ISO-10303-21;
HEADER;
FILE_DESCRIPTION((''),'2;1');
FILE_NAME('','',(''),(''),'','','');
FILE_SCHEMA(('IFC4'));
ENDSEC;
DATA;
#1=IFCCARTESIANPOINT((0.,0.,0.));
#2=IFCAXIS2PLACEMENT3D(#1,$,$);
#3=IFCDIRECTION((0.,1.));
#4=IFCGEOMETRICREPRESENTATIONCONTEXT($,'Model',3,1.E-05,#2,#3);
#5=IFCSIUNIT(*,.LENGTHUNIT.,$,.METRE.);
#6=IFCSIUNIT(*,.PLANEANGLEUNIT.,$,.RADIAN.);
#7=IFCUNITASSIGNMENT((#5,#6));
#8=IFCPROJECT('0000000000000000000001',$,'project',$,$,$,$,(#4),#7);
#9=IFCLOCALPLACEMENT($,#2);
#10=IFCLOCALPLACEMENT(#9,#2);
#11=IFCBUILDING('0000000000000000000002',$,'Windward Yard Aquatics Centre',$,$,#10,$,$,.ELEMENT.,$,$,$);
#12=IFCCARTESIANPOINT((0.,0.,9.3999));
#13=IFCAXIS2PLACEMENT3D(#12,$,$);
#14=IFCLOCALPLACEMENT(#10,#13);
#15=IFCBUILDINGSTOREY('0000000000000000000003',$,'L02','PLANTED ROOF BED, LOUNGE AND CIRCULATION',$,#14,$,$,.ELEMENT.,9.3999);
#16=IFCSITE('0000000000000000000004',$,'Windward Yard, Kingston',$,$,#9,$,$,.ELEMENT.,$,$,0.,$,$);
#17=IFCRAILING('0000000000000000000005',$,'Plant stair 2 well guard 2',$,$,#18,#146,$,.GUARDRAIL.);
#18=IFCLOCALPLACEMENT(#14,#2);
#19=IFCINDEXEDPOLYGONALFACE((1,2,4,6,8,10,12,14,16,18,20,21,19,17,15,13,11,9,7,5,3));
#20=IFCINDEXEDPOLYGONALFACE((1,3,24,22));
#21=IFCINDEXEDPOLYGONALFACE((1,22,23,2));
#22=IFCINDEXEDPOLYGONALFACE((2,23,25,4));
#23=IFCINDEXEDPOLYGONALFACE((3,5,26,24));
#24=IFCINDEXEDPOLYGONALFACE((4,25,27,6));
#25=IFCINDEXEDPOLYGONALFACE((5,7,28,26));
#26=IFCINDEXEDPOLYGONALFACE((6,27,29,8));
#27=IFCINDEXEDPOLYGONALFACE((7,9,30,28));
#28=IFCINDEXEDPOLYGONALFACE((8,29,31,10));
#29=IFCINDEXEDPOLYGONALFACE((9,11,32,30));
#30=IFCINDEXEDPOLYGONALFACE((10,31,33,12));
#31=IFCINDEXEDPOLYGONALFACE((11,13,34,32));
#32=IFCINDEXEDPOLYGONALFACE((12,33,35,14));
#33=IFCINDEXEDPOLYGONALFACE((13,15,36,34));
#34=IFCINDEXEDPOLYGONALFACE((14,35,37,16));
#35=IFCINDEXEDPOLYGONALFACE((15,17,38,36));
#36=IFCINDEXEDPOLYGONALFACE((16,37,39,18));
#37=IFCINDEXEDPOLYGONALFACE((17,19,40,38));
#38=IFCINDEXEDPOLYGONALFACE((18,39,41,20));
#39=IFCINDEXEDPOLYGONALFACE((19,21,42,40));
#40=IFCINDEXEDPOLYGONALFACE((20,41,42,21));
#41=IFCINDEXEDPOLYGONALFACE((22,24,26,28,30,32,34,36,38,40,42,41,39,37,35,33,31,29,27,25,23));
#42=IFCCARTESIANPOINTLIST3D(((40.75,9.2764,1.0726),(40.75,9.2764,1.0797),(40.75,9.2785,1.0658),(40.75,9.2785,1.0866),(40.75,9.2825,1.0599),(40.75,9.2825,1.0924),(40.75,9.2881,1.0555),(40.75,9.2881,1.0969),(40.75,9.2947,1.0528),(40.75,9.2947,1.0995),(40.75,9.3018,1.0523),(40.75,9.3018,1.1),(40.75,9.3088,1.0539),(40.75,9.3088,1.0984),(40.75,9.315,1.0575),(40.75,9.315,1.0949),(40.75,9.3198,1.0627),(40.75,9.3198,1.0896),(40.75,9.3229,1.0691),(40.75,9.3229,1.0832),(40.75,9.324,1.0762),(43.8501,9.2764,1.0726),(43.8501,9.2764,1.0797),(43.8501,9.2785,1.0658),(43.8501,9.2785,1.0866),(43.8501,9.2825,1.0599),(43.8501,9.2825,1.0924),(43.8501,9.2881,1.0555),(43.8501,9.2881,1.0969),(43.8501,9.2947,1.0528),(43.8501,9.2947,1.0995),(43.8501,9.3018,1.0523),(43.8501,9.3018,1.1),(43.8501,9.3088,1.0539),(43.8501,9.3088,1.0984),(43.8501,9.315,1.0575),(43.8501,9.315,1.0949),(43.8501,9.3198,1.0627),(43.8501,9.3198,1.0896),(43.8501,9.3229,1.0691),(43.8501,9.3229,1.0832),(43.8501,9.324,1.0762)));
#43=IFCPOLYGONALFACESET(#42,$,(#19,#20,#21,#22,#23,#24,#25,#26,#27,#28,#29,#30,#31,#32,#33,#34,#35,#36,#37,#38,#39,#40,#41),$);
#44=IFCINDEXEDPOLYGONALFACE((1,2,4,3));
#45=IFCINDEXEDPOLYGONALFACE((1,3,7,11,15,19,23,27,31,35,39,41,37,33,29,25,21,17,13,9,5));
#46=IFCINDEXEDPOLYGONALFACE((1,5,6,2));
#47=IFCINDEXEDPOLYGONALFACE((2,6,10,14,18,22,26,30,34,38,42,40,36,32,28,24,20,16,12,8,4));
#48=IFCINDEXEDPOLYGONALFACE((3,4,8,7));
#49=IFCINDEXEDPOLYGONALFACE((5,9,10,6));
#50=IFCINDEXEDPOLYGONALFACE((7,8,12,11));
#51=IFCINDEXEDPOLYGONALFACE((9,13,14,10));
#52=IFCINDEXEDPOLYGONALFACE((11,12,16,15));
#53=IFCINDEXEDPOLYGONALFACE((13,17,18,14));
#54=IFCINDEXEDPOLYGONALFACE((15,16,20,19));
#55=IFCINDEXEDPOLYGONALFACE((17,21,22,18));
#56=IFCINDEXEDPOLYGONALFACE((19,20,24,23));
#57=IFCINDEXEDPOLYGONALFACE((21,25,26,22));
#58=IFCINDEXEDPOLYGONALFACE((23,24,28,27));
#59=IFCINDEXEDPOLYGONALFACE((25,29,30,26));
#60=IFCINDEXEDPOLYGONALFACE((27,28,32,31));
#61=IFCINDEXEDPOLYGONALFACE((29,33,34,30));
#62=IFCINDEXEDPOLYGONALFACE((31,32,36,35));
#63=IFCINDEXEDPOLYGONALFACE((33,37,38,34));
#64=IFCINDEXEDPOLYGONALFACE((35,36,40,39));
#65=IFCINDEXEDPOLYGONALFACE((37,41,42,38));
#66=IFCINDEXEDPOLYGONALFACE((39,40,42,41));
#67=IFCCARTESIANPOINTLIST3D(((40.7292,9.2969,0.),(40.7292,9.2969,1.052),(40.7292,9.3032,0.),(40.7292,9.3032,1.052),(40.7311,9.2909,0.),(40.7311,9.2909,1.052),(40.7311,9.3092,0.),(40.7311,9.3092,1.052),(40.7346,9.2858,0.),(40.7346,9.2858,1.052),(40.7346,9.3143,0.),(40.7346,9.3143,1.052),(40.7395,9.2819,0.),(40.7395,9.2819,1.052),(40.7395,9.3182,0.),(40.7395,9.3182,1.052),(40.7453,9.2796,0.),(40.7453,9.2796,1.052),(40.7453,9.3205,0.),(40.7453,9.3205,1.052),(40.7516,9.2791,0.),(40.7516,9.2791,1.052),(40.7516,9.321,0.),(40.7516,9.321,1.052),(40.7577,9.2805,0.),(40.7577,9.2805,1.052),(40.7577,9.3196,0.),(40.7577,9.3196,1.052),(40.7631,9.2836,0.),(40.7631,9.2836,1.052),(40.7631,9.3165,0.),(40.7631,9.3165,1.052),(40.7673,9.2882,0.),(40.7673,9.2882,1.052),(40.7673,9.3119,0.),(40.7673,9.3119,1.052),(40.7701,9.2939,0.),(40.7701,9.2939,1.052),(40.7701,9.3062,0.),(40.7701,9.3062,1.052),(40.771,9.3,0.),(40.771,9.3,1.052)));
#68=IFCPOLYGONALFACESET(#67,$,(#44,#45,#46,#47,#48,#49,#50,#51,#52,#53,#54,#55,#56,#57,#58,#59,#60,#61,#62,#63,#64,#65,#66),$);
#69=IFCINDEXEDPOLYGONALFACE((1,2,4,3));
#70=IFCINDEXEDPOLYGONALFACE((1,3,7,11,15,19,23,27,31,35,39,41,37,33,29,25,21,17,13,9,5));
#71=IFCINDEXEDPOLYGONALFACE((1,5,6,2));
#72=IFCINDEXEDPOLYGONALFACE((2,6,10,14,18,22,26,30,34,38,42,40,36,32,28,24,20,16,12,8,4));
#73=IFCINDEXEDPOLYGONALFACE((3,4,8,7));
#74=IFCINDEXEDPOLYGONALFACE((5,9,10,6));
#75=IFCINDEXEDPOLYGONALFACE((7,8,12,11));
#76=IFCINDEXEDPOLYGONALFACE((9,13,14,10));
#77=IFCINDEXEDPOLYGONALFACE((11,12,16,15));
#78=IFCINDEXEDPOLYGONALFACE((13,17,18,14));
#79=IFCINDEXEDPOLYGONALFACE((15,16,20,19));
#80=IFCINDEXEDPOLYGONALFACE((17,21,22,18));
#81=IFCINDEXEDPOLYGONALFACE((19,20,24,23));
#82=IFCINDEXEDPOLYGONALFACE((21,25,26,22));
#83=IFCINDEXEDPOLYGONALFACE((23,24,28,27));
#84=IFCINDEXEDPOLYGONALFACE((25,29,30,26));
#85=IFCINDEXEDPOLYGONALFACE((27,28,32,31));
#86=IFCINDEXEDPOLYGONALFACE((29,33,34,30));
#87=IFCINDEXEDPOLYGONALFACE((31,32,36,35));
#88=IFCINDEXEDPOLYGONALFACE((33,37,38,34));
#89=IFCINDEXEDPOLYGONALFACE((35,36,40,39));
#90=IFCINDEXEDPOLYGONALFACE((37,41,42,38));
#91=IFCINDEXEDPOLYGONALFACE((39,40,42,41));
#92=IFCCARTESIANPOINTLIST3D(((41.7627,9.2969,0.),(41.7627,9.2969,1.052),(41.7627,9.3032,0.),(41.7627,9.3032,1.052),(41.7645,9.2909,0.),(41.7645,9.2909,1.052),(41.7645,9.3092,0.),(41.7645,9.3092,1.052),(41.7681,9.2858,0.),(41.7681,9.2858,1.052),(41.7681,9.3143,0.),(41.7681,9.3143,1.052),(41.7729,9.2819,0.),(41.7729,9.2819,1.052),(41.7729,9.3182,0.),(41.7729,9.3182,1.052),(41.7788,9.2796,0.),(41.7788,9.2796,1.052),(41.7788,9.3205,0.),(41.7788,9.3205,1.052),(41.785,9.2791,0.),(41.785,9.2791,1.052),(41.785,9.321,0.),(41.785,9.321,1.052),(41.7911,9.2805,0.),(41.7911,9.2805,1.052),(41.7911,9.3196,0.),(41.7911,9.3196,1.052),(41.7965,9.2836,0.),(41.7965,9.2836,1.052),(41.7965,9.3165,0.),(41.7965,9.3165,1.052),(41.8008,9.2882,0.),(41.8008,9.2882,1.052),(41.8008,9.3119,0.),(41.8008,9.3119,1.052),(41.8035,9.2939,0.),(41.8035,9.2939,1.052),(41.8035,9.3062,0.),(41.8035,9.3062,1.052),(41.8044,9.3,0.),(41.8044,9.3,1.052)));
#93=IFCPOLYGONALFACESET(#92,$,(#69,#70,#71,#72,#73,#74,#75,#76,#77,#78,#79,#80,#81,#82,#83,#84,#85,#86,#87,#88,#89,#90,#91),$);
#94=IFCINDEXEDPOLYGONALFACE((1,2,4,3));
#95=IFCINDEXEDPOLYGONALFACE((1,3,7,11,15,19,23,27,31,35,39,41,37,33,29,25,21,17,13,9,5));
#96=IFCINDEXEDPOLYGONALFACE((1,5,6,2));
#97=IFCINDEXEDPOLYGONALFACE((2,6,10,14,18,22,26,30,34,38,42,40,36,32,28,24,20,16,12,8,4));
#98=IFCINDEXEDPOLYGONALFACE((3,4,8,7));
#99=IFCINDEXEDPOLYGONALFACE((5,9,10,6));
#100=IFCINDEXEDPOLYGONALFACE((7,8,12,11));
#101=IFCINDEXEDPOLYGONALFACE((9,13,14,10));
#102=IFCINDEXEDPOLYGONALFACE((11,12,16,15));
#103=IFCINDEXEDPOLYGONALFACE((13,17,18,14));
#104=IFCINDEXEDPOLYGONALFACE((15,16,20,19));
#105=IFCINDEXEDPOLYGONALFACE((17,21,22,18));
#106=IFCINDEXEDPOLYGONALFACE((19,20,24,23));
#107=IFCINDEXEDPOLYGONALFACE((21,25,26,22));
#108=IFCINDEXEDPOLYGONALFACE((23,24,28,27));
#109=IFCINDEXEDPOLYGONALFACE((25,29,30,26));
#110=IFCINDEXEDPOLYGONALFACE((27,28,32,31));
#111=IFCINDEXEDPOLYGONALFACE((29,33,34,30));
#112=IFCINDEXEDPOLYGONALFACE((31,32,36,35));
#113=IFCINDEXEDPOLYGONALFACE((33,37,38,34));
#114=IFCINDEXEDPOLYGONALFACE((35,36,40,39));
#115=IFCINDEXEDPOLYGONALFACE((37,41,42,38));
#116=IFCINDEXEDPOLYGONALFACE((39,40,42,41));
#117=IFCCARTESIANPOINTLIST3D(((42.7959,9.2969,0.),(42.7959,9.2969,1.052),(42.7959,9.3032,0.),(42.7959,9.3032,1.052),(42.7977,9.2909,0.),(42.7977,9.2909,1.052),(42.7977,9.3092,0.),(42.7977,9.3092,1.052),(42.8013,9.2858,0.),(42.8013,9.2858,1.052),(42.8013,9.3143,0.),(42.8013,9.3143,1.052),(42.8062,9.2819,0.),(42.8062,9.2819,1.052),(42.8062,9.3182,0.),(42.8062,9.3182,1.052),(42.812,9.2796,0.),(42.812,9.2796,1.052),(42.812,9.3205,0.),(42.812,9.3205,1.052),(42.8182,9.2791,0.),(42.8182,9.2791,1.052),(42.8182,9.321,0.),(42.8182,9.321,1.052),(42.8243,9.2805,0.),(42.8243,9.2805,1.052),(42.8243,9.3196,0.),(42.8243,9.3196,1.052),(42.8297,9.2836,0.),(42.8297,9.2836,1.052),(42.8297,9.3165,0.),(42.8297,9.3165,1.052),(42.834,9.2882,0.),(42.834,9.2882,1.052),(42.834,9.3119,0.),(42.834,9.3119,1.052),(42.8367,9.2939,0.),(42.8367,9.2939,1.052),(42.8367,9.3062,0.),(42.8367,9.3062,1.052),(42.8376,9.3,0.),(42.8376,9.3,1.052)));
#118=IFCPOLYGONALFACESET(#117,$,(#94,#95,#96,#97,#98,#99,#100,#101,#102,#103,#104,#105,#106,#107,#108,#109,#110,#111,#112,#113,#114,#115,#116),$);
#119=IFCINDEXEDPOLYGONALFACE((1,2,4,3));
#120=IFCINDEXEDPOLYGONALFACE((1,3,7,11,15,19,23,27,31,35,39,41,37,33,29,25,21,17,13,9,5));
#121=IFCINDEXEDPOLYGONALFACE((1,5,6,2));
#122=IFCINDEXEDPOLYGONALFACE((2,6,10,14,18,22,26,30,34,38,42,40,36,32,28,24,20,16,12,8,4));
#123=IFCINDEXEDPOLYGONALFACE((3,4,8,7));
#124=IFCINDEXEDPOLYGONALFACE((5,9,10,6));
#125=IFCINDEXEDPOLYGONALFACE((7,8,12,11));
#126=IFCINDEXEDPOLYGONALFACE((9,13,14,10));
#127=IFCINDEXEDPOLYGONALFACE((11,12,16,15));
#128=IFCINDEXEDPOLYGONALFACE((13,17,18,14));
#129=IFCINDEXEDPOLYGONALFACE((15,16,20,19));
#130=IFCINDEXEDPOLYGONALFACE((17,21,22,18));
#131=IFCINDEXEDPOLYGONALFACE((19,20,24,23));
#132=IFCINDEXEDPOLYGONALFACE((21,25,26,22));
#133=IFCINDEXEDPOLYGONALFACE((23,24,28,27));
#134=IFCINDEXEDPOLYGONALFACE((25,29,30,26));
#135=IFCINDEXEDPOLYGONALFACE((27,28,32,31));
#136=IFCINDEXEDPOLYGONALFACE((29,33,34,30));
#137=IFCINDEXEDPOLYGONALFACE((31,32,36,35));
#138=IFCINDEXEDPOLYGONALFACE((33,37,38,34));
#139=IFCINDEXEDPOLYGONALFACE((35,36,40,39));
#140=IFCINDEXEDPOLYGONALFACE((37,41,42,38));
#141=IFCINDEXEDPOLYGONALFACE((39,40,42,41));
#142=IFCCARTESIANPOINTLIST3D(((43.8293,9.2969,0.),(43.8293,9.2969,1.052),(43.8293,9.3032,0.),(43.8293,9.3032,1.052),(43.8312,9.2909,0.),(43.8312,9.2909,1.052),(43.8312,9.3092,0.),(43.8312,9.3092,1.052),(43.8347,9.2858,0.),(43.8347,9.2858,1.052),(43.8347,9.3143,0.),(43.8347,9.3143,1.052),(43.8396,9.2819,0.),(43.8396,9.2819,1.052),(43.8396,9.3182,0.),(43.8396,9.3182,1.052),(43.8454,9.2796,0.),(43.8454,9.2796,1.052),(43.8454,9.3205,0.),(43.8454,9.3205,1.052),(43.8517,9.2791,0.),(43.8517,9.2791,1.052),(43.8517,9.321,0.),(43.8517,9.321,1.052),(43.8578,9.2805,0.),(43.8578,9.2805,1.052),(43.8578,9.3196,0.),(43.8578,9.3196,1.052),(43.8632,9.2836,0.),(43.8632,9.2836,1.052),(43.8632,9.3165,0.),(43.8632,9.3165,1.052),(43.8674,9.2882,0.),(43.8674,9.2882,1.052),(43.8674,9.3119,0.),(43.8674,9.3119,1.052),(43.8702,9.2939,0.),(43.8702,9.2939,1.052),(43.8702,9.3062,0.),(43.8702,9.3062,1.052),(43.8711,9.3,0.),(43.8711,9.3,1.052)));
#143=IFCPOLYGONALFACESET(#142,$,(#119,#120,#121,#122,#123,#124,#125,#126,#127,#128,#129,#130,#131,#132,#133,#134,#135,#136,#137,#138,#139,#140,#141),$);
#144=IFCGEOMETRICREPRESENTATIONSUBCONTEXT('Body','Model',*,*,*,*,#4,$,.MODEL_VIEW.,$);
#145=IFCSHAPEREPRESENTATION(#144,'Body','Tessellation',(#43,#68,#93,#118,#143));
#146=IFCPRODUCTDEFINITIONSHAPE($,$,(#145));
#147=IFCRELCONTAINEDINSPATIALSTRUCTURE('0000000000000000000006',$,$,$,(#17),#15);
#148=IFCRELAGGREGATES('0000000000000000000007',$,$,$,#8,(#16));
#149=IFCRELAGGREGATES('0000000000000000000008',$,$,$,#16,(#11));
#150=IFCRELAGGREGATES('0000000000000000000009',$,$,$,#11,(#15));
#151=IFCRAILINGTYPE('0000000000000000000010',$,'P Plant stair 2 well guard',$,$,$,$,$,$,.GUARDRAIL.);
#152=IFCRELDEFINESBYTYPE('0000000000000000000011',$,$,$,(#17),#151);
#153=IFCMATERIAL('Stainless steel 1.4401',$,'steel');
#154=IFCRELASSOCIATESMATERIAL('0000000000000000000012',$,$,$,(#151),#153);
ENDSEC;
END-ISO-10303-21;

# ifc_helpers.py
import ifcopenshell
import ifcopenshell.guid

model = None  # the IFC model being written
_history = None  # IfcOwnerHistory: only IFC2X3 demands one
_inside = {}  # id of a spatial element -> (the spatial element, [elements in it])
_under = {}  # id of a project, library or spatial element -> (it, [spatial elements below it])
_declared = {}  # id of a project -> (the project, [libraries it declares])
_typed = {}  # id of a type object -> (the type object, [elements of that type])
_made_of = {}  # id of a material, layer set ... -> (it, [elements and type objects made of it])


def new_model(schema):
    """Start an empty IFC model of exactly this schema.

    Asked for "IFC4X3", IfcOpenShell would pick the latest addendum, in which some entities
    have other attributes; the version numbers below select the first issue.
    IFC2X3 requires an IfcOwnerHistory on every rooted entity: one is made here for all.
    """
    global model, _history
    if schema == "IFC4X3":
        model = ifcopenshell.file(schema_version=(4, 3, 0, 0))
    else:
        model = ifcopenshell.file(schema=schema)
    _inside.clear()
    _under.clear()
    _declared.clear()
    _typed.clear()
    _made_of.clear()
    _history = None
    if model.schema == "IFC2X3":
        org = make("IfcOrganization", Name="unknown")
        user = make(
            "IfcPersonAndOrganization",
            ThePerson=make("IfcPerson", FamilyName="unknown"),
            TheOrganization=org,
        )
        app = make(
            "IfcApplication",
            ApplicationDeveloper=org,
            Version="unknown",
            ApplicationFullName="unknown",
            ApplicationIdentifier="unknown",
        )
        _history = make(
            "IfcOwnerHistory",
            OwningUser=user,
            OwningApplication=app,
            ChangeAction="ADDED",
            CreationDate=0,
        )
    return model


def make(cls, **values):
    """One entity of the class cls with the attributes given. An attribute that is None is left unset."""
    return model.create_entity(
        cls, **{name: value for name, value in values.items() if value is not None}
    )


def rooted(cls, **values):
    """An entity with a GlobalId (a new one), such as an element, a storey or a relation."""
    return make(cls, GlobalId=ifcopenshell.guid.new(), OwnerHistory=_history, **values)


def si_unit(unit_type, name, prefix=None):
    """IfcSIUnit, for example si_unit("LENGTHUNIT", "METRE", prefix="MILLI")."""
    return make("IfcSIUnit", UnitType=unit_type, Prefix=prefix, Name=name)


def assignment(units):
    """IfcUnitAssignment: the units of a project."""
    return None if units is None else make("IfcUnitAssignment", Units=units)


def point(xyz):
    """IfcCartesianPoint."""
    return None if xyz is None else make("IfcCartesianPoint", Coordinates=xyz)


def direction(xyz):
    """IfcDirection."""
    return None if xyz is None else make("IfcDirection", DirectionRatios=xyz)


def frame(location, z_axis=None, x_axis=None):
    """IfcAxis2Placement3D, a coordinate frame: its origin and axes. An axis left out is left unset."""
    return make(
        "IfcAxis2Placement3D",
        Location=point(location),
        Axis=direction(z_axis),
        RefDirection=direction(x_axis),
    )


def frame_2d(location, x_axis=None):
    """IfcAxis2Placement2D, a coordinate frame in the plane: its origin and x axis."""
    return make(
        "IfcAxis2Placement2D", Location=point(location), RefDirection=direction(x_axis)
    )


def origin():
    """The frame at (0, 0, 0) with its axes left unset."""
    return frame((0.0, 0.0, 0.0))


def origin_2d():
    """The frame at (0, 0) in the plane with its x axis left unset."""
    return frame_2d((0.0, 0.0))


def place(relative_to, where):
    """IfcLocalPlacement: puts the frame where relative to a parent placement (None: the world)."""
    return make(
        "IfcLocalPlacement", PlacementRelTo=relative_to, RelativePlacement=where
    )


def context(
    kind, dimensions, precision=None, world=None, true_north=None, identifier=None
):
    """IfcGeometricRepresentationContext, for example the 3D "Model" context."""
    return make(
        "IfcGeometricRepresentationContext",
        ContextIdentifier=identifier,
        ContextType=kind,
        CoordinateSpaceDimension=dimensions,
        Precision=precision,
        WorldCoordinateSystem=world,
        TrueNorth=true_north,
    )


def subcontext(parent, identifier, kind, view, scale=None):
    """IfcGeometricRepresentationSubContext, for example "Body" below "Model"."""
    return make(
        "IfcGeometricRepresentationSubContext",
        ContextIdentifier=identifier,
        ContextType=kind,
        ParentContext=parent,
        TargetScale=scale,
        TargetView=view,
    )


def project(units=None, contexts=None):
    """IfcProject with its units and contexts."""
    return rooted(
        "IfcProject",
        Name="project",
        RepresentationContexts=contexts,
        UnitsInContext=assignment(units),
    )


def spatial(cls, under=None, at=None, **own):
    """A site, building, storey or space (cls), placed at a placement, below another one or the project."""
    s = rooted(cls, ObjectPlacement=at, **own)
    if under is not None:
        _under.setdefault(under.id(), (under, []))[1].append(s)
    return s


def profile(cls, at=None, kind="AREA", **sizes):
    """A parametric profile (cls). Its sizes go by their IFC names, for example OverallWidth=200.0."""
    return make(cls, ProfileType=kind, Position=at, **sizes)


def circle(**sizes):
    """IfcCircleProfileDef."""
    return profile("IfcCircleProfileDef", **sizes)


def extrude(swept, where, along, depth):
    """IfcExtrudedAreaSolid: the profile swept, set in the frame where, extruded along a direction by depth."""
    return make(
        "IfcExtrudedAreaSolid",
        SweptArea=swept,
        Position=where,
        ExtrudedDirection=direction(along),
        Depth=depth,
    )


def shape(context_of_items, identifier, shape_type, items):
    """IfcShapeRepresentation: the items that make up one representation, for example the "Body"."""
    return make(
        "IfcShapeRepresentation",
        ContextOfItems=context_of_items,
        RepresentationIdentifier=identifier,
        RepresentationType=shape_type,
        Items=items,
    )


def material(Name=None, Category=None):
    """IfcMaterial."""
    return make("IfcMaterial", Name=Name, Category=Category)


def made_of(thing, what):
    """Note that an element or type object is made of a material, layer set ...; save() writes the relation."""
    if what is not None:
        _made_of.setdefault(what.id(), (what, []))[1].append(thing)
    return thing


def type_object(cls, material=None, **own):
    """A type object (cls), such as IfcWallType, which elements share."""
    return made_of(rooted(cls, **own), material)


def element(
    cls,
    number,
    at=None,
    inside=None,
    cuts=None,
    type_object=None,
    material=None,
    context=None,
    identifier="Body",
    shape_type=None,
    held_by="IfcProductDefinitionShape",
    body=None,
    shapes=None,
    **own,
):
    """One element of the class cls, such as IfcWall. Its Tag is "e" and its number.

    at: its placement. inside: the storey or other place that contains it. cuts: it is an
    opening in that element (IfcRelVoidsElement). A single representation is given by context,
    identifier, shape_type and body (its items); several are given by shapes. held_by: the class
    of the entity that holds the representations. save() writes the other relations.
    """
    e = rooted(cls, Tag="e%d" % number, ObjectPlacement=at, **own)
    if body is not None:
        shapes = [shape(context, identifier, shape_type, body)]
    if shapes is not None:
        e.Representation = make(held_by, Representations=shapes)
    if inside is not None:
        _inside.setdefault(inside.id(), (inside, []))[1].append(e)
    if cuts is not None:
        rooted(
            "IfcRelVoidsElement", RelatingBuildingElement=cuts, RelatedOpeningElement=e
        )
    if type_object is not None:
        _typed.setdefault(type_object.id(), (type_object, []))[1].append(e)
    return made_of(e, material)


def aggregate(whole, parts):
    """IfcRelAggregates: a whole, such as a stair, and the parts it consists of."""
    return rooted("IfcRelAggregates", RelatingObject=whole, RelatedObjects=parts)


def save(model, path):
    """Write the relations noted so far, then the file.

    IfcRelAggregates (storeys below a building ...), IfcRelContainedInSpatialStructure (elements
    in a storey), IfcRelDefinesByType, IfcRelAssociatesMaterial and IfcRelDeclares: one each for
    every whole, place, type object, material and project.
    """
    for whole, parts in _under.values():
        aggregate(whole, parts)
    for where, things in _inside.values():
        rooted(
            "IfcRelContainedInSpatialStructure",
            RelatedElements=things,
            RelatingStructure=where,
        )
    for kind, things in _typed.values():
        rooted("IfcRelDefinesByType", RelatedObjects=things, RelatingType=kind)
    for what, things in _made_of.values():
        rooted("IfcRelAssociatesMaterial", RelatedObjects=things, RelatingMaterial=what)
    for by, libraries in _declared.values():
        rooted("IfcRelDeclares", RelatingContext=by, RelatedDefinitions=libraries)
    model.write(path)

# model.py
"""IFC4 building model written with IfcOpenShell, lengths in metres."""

from ifc_helpers import new_model, si_unit, direction, frame, origin, origin_2d, place, context, subcontext, project, spatial, circle, extrude, material, type_object, element, save


model = new_model("IFC4")

# Units and contexts
model_context = context("Model", 3, precision=1e-05, world=origin(), true_north=direction((0.0, 1.0)))
body_context = subcontext(model_context, "Body", "Model", "MODEL_VIEW")
ifc_project = project(units=[si_unit("LENGTHUNIT", "METRE"), si_unit("PLANEANGLEUNIT", "RADIAN")], contexts=[model_context])

# Site, building, storey
site_placement = place(None, origin())
site = spatial("IfcSite", under=ifc_project, at=site_placement, Name="Windward Yard, Kingston", CompositionType="ELEMENT", RefElevation=0.0)
building_placement = place(site_placement, origin())
building = spatial("IfcBuilding", under=site, at=building_placement, Name="Windward Yard Aquatics Centre", CompositionType="ELEMENT")
storey_placement = place(building_placement, frame((0.0, 0.0, 9.3999)))
storey = spatial("IfcBuildingStorey", under=building, at=storey_placement, Name="L02", Description="PLANTED ROOF BED, LOUNGE AND CIRCULATION", CompositionType="ELEMENT", Elevation=9.3999)

# Railing
ifc_material_1 = material(Name="Stainless steel 1.4401", Category="steel")
railing_type_1 = type_object("IfcRailingType", Name="P Plant stair 2 well guard", PredefinedType="GUARDRAIL", material=ifc_material_1)
railing_1_placement = place(storey_placement, frame((40.75, 9.3, 0.0)))
element("IfcRailing", 1, at=railing_1_placement, inside=storey, type_object=railing_type_1, Name="Plant stair 2 well guard 2", PredefinedType="GUARDRAIL", context=body_context, shape_type="SweptSolid", body=[
    extrude(circle(Radius=0.0239, at=origin_2d()), frame((0.0, 0.0, 1.0762), z_axis=(1.0, 0.0, 0.0), x_axis=(0.0, 1.0, 0.0)), (0.0, 0.0, 1.0), 3.1001),
    extrude(circle(Radius=0.021, at=origin_2d()), origin(), (0.0, 0.0, 1.0), 1.052),
    extrude(circle(Radius=0.021, at=origin_2d()), frame((1.0334, 0.0, 0.0)), (0.0, 0.0, 1.0), 1.052),
    extrude(circle(Radius=0.021, at=origin_2d()), frame((2.0667, 0.0, 0.0)), (0.0, 0.0, 1.0), 1.052),
    extrude(circle(Radius=0.021, at=origin_2d()), frame((3.1001, 0.0, 0.0)), (0.0, 0.0, 1.0), 1.052),
])

save(model, "model.ifc")
